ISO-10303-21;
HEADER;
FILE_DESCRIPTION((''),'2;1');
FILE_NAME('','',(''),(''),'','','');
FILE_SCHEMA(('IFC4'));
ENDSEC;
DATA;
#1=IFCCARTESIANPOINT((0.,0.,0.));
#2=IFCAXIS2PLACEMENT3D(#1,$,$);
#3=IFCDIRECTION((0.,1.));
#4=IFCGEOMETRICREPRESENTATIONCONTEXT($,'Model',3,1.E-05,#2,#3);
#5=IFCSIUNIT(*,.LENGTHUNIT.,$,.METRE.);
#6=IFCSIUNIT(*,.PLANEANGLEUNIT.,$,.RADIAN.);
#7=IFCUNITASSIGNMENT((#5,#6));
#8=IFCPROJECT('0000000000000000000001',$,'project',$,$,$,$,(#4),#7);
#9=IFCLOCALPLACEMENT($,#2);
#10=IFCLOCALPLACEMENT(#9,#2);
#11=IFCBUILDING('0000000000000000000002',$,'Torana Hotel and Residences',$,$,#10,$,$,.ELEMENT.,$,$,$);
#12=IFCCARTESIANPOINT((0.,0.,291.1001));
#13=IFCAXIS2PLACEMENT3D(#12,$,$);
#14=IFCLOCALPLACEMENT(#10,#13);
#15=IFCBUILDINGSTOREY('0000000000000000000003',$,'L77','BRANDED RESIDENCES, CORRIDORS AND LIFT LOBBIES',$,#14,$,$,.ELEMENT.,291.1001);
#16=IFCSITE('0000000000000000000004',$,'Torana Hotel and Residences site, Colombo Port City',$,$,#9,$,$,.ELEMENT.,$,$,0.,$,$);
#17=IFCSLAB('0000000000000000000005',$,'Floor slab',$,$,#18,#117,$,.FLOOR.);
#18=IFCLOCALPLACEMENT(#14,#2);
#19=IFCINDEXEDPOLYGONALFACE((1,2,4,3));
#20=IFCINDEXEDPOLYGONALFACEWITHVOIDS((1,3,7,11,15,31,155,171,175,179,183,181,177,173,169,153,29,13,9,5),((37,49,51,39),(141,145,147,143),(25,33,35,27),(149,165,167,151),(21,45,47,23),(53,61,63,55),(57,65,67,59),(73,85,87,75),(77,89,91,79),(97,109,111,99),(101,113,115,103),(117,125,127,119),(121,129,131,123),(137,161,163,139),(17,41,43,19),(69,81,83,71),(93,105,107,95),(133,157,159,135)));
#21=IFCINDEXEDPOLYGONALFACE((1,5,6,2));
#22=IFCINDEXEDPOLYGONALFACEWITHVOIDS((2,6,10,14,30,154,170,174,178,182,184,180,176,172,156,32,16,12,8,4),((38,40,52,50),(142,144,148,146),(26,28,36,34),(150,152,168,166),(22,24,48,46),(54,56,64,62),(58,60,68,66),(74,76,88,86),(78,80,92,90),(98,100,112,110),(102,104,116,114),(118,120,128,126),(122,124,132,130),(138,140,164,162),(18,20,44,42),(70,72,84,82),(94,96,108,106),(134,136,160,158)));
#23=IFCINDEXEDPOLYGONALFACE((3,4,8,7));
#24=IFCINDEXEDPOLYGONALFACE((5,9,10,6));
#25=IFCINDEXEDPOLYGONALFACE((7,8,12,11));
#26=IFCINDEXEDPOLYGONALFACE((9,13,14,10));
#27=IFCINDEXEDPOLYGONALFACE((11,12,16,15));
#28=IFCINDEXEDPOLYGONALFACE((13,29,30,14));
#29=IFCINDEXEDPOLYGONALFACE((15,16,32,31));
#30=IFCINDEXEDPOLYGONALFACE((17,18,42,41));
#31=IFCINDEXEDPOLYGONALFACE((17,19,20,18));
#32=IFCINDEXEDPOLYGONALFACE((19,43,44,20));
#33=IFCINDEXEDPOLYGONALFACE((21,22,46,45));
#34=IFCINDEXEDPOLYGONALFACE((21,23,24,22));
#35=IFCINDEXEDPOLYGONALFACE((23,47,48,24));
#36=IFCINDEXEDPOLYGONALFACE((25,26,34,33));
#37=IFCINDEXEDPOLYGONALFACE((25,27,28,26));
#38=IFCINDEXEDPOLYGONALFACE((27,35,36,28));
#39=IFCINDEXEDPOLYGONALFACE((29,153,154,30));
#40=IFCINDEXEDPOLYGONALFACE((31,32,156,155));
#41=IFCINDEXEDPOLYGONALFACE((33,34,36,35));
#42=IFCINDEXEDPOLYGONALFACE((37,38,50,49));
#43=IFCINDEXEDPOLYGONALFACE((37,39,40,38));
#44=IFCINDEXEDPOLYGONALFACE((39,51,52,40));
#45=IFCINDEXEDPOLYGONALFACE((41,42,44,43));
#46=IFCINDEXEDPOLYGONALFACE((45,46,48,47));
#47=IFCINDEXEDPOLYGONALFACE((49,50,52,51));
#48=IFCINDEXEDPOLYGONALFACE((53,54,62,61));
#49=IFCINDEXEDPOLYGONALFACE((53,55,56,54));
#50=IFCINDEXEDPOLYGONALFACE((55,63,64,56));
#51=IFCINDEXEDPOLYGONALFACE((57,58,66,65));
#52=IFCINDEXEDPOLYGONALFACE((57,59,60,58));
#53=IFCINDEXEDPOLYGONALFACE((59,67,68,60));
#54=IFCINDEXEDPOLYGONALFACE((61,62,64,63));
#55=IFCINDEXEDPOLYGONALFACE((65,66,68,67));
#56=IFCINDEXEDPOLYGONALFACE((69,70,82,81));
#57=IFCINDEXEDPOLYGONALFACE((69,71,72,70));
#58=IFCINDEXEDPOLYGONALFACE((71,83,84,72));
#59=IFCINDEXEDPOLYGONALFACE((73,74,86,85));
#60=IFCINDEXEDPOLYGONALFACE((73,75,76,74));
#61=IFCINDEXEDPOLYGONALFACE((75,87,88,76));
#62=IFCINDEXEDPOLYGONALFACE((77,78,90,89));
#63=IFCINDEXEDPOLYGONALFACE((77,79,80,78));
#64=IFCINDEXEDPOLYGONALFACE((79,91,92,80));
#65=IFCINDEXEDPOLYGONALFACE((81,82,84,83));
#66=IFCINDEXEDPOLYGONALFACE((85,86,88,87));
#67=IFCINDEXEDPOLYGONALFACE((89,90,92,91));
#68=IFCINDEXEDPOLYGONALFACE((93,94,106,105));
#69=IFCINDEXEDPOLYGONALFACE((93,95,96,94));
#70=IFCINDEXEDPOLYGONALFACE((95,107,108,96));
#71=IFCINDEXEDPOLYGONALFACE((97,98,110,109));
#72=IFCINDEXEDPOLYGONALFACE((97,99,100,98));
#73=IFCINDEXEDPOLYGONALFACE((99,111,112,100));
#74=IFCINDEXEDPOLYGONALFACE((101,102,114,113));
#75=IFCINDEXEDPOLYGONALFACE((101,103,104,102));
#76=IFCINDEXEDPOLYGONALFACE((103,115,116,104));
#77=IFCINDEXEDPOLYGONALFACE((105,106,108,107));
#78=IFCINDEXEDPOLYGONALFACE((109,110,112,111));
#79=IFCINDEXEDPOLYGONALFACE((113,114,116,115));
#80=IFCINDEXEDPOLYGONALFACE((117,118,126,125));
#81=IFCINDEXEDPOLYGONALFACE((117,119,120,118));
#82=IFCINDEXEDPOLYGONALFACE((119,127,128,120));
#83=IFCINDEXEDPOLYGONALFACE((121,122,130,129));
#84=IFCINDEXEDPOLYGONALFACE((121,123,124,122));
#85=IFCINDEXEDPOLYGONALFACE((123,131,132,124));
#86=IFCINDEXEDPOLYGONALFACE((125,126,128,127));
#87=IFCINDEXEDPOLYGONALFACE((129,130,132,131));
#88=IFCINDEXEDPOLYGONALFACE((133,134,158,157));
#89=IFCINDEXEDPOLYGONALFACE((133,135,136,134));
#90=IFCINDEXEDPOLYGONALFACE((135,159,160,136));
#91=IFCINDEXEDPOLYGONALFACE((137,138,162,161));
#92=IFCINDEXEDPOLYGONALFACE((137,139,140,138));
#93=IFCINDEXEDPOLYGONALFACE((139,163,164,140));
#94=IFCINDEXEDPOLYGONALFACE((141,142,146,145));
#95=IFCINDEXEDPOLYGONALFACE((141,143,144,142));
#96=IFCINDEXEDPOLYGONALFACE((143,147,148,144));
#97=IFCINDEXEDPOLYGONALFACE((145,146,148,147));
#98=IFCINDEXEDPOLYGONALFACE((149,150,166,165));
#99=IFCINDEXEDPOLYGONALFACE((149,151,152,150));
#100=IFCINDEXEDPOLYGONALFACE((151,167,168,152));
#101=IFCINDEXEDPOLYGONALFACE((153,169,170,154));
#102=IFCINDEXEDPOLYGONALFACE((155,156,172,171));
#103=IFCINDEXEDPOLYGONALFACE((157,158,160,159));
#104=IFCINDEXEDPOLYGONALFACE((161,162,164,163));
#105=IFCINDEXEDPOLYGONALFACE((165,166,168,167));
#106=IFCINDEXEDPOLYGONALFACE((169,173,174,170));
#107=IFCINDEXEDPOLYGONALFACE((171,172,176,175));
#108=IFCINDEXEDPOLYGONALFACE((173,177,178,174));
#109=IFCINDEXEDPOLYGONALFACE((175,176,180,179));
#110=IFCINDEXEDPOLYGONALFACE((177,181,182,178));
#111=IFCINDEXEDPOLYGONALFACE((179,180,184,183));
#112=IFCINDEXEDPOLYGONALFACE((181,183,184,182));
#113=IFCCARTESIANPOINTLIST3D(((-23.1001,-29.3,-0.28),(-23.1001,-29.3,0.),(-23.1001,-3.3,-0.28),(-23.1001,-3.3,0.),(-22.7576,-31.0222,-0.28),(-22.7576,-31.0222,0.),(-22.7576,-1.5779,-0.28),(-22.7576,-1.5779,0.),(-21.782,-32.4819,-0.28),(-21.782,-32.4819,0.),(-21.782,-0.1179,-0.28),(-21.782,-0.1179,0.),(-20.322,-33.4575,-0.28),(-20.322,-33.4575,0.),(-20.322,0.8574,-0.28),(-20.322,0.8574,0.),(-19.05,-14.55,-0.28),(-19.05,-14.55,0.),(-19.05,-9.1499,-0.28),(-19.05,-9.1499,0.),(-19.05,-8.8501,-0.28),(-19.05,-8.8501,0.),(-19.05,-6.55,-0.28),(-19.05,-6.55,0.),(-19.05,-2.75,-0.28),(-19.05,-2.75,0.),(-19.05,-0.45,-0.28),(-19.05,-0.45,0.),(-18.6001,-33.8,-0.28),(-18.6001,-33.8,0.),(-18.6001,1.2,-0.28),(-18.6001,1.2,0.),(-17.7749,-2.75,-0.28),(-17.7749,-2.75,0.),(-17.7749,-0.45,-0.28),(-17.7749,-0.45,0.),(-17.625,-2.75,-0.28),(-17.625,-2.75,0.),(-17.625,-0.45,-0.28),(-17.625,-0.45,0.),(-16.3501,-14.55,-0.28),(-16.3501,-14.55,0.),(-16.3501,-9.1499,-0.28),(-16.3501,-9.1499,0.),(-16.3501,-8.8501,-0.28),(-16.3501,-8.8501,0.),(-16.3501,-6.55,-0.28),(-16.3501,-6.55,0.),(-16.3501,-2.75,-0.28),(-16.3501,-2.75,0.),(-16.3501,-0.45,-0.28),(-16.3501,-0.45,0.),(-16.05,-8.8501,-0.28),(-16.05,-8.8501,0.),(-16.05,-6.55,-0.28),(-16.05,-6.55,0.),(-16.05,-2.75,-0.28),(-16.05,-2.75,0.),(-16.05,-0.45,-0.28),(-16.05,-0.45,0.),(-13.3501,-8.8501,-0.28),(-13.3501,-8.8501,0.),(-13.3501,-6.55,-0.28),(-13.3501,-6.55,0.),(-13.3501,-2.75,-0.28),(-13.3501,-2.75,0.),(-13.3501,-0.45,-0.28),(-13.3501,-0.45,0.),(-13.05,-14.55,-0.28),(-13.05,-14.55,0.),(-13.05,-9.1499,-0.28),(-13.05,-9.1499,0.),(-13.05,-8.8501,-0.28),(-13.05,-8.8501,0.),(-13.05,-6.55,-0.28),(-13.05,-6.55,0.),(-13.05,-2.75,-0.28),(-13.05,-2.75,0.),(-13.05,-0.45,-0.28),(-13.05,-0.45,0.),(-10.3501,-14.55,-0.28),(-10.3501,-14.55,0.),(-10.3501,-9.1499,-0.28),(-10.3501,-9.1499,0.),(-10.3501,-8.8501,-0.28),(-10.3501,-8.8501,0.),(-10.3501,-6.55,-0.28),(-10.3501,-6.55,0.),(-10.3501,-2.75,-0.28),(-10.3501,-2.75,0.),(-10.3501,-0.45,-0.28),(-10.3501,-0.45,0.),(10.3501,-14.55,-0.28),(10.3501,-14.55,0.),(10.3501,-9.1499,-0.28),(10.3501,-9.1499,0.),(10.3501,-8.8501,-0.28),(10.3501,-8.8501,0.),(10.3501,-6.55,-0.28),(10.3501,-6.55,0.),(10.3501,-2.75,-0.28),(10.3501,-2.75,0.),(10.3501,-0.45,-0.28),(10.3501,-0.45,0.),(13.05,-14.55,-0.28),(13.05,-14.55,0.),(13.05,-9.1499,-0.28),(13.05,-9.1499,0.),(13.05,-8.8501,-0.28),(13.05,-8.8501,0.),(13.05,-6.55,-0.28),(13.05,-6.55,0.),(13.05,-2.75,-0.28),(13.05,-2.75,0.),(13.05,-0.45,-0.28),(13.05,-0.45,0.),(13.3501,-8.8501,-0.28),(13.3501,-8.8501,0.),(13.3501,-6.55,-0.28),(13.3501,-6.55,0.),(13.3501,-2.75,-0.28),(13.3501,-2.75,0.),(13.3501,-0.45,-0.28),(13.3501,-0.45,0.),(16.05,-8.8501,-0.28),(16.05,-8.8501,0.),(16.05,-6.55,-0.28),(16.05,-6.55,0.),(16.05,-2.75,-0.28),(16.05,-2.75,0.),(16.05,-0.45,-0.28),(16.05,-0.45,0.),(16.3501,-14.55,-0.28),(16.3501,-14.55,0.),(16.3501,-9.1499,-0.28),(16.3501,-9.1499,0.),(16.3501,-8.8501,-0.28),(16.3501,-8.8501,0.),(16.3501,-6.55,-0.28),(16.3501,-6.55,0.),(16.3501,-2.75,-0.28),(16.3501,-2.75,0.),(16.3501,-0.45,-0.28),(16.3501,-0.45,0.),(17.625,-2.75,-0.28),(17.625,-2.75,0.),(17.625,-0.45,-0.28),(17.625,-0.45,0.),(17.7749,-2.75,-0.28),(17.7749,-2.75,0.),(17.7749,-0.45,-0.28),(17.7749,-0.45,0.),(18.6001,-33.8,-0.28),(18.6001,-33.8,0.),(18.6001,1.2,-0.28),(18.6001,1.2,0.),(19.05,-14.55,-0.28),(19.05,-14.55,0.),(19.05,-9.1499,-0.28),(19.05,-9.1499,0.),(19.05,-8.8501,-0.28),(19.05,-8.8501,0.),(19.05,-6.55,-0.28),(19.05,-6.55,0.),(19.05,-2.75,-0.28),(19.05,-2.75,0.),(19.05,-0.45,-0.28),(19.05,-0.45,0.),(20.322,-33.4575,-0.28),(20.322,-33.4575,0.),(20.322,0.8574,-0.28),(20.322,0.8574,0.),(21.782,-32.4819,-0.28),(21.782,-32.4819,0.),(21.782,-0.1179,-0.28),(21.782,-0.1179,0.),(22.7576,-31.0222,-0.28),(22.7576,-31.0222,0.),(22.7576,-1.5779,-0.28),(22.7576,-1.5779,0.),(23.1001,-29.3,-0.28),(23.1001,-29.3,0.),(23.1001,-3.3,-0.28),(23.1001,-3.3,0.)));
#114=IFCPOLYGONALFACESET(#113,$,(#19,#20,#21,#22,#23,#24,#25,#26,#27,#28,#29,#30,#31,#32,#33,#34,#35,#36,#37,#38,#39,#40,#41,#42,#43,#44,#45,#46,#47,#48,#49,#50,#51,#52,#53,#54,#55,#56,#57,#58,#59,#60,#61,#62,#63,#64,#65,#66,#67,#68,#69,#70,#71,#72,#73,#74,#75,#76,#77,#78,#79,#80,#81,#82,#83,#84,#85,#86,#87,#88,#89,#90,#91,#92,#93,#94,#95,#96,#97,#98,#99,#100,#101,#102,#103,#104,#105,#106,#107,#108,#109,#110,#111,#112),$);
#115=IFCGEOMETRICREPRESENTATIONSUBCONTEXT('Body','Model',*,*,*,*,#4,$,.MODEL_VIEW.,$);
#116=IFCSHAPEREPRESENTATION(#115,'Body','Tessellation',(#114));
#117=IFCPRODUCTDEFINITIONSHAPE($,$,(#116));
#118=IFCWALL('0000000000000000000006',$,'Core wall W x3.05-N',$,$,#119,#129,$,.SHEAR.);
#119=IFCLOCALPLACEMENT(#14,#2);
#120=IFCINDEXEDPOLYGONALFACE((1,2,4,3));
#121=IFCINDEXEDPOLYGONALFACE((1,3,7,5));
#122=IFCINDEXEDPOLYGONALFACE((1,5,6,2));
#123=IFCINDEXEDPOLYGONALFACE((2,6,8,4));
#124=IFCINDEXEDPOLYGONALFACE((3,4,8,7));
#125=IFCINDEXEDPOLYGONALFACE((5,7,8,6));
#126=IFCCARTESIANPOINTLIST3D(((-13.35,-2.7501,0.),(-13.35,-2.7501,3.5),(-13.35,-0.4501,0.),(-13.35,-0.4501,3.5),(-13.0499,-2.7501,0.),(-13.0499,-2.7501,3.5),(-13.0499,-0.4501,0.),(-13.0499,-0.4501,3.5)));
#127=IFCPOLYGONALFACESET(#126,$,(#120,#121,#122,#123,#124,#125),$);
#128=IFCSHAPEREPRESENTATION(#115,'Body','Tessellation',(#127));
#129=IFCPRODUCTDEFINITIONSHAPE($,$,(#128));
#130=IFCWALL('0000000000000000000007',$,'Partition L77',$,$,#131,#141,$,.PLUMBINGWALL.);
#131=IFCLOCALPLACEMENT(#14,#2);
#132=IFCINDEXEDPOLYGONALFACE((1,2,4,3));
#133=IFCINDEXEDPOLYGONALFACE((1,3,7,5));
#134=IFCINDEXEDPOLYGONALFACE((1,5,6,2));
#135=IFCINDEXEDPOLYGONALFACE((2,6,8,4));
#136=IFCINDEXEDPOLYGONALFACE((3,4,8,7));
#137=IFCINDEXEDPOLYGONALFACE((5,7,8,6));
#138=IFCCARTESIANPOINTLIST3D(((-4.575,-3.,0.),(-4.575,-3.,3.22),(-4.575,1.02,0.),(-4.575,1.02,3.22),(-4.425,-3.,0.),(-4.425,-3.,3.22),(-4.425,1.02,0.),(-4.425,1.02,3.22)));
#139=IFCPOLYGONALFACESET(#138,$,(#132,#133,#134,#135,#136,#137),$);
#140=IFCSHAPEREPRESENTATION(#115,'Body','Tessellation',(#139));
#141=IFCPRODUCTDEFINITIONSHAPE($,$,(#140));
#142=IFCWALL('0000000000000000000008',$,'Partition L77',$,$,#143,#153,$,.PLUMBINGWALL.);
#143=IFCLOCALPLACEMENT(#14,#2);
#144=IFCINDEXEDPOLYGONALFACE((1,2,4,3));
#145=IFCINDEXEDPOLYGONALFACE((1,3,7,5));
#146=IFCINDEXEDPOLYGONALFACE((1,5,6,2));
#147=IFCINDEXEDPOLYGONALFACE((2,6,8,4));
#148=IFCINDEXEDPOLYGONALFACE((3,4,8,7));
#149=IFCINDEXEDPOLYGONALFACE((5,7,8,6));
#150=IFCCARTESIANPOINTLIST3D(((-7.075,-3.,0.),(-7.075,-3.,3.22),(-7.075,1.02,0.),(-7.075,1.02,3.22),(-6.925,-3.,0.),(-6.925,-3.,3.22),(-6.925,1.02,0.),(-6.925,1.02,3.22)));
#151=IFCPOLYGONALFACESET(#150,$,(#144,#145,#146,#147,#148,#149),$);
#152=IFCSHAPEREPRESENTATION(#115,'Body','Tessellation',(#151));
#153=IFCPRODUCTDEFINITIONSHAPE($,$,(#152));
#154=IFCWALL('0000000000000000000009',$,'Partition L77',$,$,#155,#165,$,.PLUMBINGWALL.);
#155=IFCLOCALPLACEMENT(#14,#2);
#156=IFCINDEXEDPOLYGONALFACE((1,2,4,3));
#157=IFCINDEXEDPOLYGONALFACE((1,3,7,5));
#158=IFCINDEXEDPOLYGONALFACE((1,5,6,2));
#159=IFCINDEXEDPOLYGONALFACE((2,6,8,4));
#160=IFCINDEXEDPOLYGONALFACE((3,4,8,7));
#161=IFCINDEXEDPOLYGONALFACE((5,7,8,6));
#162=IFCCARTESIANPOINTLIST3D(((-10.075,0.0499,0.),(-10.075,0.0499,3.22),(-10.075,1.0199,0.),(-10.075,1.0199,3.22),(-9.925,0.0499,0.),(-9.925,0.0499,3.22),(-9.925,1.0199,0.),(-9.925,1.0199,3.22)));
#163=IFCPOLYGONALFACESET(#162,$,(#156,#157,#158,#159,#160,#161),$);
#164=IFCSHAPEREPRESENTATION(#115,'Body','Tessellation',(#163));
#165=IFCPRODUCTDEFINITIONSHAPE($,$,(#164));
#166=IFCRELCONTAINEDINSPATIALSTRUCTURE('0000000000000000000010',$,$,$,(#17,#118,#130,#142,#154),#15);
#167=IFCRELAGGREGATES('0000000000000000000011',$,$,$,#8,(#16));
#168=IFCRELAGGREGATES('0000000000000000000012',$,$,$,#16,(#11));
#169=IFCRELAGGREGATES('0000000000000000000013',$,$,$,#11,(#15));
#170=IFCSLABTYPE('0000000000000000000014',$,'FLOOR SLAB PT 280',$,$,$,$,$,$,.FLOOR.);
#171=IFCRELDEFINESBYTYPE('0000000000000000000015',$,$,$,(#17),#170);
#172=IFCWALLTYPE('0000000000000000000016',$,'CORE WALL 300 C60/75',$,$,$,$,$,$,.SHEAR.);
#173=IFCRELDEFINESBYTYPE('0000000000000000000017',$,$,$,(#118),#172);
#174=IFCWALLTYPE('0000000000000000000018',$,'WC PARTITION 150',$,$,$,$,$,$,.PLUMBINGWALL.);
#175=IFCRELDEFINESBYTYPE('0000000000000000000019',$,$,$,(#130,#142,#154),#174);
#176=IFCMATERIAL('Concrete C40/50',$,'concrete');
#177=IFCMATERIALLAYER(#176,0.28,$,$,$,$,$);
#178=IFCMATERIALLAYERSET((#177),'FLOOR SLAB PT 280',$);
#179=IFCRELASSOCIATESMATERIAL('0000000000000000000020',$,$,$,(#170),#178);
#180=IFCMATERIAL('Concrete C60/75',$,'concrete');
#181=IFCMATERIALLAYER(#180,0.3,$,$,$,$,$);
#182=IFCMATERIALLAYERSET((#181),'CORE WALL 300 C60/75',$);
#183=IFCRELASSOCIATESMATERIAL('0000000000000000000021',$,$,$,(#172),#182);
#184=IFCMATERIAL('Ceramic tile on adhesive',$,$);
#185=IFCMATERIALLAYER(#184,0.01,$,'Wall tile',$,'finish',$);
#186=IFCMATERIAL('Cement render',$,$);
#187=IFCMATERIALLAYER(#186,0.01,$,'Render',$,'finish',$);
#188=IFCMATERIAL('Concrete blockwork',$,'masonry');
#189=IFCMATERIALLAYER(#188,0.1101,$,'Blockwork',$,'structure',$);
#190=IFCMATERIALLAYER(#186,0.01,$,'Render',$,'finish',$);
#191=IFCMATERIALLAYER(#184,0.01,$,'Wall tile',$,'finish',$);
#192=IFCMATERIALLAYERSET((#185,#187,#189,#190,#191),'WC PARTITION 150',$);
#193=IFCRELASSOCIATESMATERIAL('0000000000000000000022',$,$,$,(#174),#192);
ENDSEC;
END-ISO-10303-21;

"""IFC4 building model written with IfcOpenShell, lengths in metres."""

from ifc_helpers import new_model, si_unit, direction, frame, frame_2d, origin, place, context, subcontext, project, spatial, polyline, rectangle, outline, extrude, material, layer, layer_set, type_object, element, save


model = new_model("IFC4")

# Units and contexts
model_context = context("Model", 3, precision=1e-05, world=origin(), true_north=direction((0.0, 1.0)))
body_context = subcontext(model_context, "Body", "Model", "MODEL_VIEW")
ifc_project = project(units=[si_unit("LENGTHUNIT", "METRE"), si_unit("PLANEANGLEUNIT", "RADIAN")], contexts=[model_context])

# Site, building, storey
site_placement = place(None, origin())
site = spatial("IfcSite", under=ifc_project, at=site_placement, Name="Torana Hotel and Residences site, Colombo Port City", CompositionType="ELEMENT", RefElevation=0.0)
building_placement = place(site_placement, origin())
building = spatial("IfcBuilding", under=site, at=building_placement, Name="Torana Hotel and Residences", CompositionType="ELEMENT")
storey_placement = place(building_placement, frame((0.0, 0.0, 291.1001)))
storey = spatial("IfcBuildingStorey", under=building, at=storey_placement, Name="L77", Description="BRANDED RESIDENCES, CORRIDORS AND LIFT LOBBIES", CompositionType="ELEMENT", Elevation=291.1001)

# Slab
ifc_material_1 = material(Name="Concrete C40/50", Category="concrete")
ifc_layer_1 = layer(ifc_material_1, 0.28)
ifc_layer_set_1 = layer_set([ifc_layer_1], Name="FLOOR SLAB PT 280")
slab_type_1 = type_object("IfcSlabType", Name="FLOOR SLAB PT 280", PredefinedType="FLOOR", material=ifc_layer_set_1)
slab_1_placement = place(storey_placement, frame((0.0, 0.0, -0.28)))
element("IfcSlab", 1, at=slab_1_placement, inside=storey, type_object=slab_type_1, Name="Floor slab", PredefinedType="FLOOR", context=body_context, shape_type="SweptSolid", body=[
    extrude(outline(polyline([(23.1001, -3.3), (22.7576, -1.5779), (21.782, -0.1179), (20.322, 0.8574), (18.6001, 1.2), (-18.6001, 1.2), (-20.322, 0.8574), (-21.782, -0.1179), (-22.7576, -1.5779), (-23.1001, -3.3), (-23.1001, -29.3), (-22.7576, -31.0222), (-21.782, -32.4819), (-20.322, -33.4575), (-18.6001, -33.8), (18.6001, -33.8), (20.322, -33.4575), (21.782, -32.4819), (22.7576, -31.0222), (23.1001, -29.3), (23.1001, -3.3)]), holes=[polyline([(-13.05, -14.55), (-10.3501, -14.55), (-10.3501, -9.1499), (-13.05, -9.1499), (-13.05, -14.55)]), polyline([(-19.05, -14.55), (-16.3501, -14.55), (-16.3501, -9.1499), (-19.05, -9.1499), (-19.05, -14.55)]), polyline([(-17.625, -2.75), (-16.3501, -2.75), (-16.3501, -0.45), (-17.625, -0.45), (-17.625, -2.75)]), polyline([(-19.05, -2.75), (-17.7749, -2.75), (-17.7749, -0.45), (-19.05, -0.45), (-19.05, -2.75)]), polyline([(-13.05, -2.75), (-10.3501, -2.75), (-10.3501, -0.45), (-13.05, -0.45), (-13.05, -2.75)]), polyline([(-16.05, -2.75), (-13.3501, -2.75), (-13.3501, -0.45), (-16.05, -0.45), (-16.05, -2.75)]), polyline([(-13.05, -8.8501), (-10.3501, -8.8501), (-10.3501, -6.55), (-13.05, -6.55), (-13.05, -8.8501)]), polyline([(-16.05, -8.8501), (-13.3501, -8.8501), (-13.3501, -6.55), (-16.05, -6.55), (-16.05, -8.8501)]), polyline([(-19.05, -8.8501), (-16.3501, -8.8501), (-16.3501, -6.55), (-19.05, -6.55), (-19.05, -8.8501)]), polyline([(10.3501, -14.55), (13.05, -14.55), (13.05, -9.1499), (10.3501, -9.1499), (10.3501, -14.55)]), polyline([(16.3501, -14.55), (19.05, -14.55), (19.05, -9.1499), (16.3501, -9.1499), (16.3501, -14.55)]), polyline([(16.3501, -2.75), (17.625, -2.75), (17.625, -0.45), (16.3501, -0.45), (16.3501, -2.75)]), polyline([(17.7749, -2.75), (19.05, -2.75), (19.05, -0.45), (17.7749, -0.45), (17.7749, -2.75)]), polyline([(10.3501, -2.75), (13.05, -2.75), (13.05, -0.45), (10.3501, -0.45), (10.3501, -2.75)]), polyline([(13.3501, -2.75), (16.05, -2.75), (16.05, -0.45), (13.3501, -0.45), (13.3501, -2.75)]), polyline([(10.3501, -8.8501), (13.05, -8.8501), (13.05, -6.55), (10.3501, -6.55), (10.3501, -8.8501)]), polyline([(13.3501, -8.8501), (16.05, -8.8501), (16.05, -6.55), (13.3501, -6.55), (13.3501, -8.8501)]), polyline([(16.3501, -8.8501), (19.05, -8.8501), (19.05, -6.55), (16.3501, -6.55), (16.3501, -8.8501)])]), origin(), (0.0, 0.0, 1.0), 0.28),
])

# Walls
ifc_material_2 = material(Name="Concrete C60/75", Category="concrete")
ifc_layer_2 = layer(ifc_material_2, 0.3)
ifc_layer_set_2 = layer_set([ifc_layer_2], Name="CORE WALL 300 C60/75")
wall_type_1 = type_object("IfcWallType", Name="CORE WALL 300 C60/75", PredefinedType="SHEAR", material=ifc_layer_set_2)
wall_1_placement = place(storey_placement, frame((-13.2, -2.75, 0.0), z_axis=(0.0, 0.0, 1.0), x_axis=(0.0, 1.0, 0.0)))
element("IfcWall", 2, at=wall_1_placement, inside=storey, type_object=wall_type_1, Name="Core wall W x3.05-N", PredefinedType="SHEAR", context=body_context, shape_type="SweptSolid", body=[
    extrude(rectangle(XDim=2.3, YDim=0.3, at=frame_2d((1.1499, 0.0))), origin(), (0.0, 0.0, 1.0), 3.5),
])
ifc_material_3 = material(Name="Ceramic tile on adhesive")
ifc_layer_3 = layer(ifc_material_3, 0.01, Name="Wall tile", Category="finish")
ifc_material_4 = material(Name="Cement render")
ifc_layer_4 = layer(ifc_material_4, 0.01, Name="Render", Category="finish")
ifc_material_5 = material(Name="Concrete blockwork", Category="masonry")
ifc_layer_5 = layer(ifc_material_5, 0.1101, Name="Blockwork", Category="structure")
ifc_layer_6 = layer(ifc_material_4, 0.01, Name="Render", Category="finish")
ifc_layer_7 = layer(ifc_material_3, 0.01, Name="Wall tile", Category="finish")
ifc_layer_set_3 = layer_set([ifc_layer_3, ifc_layer_4, ifc_layer_5, ifc_layer_6, ifc_layer_7], Name="WC PARTITION 150")
wall_type_2 = type_object("IfcWallType", Name="WC PARTITION 150", PredefinedType="PLUMBINGWALL", material=ifc_layer_set_3)
for number, where, z_axis, x_axis, name in (
    (3, (-4.5, -3.0, 0.0), (0.0, 0.0, 1.0), (0.0, 1.0, 0.0), "Partition L77"),
    (4, (-7.0, -3.0, 0.0), (0.0, 0.0, 1.0), (0.0, 1.0, 0.0), "Partition L77"),
):
    element("IfcWall", number, at=place(storey_placement, frame(where, z_axis=z_axis, x_axis=x_axis)), inside=storey, type_object=wall_type_2, Name=name, PredefinedType="PLUMBINGWALL", context=body_context, shape_type="SweptSolid", body=[
        extrude(rectangle(XDim=4.02, YDim=0.1499, at=frame_2d((2.01, 0.0))), origin(), (0.0, 0.0, 1.0), 3.22),
    ])
wall_2_placement = place(storey_placement, frame((-10.0, 0.05, 0.0), z_axis=(0.0, 0.0, 1.0), x_axis=(0.0, 1.0, 0.0)))
element("IfcWall", 5, at=wall_2_placement, inside=storey, type_object=wall_type_2, Name="Partition L77", PredefinedType="PLUMBINGWALL", context=body_context, shape_type="SweptSolid", body=[
    extrude(rectangle(XDim=0.97, YDim=0.1499, at=frame_2d((0.4849, 0.0))), origin(), (0.0, 0.0, 1.0), 3.22),
])

save(model, "model.ifc")
